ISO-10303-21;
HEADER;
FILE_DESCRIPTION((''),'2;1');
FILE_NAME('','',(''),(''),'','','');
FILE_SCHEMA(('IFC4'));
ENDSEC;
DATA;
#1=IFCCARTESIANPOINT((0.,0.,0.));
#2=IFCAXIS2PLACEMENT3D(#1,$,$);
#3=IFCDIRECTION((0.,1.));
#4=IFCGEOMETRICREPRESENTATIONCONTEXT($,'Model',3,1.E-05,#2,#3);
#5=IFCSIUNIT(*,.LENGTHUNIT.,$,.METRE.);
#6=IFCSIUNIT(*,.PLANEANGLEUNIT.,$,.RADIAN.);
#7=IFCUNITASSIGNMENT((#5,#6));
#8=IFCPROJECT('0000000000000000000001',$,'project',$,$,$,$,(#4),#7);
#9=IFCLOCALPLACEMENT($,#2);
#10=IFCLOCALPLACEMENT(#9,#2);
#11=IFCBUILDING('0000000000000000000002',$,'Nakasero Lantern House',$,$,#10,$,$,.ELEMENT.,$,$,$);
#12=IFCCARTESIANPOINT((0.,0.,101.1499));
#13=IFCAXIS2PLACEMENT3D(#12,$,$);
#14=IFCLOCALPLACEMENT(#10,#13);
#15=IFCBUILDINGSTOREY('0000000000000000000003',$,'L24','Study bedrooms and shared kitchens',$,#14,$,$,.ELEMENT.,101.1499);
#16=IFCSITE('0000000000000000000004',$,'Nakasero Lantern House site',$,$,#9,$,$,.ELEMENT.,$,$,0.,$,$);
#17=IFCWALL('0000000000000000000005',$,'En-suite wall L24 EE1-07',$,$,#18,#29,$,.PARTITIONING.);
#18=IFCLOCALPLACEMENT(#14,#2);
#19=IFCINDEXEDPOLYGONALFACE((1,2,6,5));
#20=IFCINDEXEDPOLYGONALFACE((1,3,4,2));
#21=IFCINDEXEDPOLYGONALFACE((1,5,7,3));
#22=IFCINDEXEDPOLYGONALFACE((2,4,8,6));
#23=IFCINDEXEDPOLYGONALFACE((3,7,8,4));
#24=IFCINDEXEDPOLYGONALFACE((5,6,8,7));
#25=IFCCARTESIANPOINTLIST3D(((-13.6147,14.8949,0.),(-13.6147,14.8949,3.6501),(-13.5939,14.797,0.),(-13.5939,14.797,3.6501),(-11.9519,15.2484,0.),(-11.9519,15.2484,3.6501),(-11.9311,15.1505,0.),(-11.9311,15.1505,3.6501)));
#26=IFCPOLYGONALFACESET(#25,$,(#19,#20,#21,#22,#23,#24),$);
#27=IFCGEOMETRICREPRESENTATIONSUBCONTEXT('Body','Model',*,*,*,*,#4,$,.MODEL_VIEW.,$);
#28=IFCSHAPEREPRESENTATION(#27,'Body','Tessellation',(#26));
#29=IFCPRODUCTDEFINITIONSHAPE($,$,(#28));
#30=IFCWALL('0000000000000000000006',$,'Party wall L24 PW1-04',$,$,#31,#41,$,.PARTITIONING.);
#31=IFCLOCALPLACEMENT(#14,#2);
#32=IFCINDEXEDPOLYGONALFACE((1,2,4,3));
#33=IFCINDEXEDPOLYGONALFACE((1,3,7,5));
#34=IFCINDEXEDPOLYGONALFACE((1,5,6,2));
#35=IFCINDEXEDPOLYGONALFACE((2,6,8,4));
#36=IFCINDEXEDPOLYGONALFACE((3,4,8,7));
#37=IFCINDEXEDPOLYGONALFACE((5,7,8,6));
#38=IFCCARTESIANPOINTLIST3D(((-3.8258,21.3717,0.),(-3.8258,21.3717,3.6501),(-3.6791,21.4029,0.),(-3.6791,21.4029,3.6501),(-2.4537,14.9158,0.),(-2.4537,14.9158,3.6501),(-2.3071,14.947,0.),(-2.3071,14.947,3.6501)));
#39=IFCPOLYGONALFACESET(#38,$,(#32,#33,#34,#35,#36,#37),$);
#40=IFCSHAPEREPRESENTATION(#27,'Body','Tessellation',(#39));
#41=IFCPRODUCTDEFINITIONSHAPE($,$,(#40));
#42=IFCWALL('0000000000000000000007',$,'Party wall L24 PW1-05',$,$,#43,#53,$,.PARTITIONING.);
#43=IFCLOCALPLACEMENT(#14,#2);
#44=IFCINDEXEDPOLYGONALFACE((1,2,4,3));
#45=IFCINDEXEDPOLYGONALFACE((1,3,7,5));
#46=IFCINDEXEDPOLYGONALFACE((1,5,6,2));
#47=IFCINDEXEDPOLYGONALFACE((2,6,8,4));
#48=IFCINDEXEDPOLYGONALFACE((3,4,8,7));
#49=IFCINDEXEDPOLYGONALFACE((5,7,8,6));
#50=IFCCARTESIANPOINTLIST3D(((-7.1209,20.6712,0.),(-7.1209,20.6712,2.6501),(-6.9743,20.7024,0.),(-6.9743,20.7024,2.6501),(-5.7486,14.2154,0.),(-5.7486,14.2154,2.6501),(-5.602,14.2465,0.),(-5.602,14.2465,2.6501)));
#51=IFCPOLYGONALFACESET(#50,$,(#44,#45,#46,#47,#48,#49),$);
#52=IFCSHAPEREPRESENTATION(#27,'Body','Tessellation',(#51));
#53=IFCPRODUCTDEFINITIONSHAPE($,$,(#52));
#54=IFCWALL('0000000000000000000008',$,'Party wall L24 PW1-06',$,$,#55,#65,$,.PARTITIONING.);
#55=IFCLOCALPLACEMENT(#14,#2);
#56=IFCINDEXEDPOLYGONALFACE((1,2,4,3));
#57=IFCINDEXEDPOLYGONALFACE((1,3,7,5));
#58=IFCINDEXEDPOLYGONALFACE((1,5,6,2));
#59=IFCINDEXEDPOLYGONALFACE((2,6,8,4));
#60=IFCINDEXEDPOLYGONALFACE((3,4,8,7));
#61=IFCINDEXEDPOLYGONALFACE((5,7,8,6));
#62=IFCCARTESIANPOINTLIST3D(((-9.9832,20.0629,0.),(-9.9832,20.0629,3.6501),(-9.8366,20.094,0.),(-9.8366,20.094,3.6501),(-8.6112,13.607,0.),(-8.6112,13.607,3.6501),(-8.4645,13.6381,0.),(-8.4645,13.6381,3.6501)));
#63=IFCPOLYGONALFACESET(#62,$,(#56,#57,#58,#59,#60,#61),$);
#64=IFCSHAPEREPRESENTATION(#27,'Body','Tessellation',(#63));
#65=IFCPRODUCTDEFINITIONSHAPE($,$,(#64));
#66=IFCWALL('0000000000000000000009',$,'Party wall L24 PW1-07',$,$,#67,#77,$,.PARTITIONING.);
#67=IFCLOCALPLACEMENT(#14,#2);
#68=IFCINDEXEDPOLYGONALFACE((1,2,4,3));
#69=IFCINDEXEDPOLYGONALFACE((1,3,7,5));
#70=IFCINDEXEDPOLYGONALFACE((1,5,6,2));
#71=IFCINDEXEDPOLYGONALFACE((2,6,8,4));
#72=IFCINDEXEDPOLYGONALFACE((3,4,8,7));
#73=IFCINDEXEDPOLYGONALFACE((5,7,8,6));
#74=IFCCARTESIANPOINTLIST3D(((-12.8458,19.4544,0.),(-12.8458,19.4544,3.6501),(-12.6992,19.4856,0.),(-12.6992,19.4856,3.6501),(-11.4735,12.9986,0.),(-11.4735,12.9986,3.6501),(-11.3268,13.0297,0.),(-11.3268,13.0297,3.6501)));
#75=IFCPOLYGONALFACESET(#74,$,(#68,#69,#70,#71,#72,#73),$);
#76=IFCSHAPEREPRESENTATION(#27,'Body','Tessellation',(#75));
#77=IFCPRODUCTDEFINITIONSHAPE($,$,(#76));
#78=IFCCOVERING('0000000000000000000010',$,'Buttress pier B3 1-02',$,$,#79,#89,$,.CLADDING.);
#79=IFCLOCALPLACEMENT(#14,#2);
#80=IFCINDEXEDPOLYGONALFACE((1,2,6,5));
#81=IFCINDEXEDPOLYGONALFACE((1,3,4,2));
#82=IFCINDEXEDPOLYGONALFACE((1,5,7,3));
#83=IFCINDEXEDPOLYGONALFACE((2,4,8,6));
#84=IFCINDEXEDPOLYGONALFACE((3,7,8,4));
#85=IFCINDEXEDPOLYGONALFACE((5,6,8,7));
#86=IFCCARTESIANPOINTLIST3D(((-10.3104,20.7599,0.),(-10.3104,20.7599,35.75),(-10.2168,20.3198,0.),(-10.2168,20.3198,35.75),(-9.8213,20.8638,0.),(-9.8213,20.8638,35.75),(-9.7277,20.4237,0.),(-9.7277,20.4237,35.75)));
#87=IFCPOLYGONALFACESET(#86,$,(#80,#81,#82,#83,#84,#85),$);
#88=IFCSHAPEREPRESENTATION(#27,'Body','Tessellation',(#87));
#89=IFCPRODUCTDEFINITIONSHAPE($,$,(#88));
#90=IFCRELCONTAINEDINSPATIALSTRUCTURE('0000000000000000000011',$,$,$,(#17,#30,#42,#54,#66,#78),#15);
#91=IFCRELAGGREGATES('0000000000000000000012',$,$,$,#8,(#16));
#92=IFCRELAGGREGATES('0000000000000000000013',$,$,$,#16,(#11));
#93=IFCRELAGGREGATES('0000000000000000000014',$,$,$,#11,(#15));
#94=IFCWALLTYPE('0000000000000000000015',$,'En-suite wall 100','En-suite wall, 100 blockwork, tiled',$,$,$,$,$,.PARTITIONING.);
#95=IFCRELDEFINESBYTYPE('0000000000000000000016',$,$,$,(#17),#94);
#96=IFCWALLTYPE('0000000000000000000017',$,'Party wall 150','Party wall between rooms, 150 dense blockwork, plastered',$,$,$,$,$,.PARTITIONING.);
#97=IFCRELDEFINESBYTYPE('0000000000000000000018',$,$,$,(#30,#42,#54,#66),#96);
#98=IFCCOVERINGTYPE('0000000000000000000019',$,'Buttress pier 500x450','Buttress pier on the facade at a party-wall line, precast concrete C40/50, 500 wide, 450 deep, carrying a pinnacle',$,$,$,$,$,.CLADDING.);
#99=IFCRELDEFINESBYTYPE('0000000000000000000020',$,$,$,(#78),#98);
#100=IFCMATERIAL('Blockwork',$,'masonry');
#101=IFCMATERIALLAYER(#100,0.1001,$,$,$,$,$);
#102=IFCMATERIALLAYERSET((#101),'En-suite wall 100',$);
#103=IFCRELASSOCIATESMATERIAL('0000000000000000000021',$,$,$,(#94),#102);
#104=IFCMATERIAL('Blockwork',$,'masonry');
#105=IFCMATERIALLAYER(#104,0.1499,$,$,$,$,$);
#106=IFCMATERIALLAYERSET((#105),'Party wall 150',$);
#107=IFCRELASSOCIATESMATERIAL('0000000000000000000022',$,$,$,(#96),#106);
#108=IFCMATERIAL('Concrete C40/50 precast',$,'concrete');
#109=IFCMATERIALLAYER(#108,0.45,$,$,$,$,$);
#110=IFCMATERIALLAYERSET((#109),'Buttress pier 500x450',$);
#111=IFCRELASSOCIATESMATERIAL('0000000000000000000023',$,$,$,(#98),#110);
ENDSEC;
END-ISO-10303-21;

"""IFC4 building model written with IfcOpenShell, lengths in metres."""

from ifc_helpers import new_model, si_unit, direction, frame, frame_2d, origin, origin_2d, place, context, subcontext, project, spatial, rectangle, extrude, material, layer, layer_set, type_object, element, save


model = new_model("IFC4")

# Units and contexts
model_context = context("Model", 3, precision=1e-05, world=origin(), true_north=direction((0.0, 1.0)))
body_context = subcontext(model_context, "Body", "Model", "MODEL_VIEW")
ifc_project = project(units=[si_unit("LENGTHUNIT", "METRE"), si_unit("PLANEANGLEUNIT", "RADIAN")], contexts=[model_context])

# Site, building, storey
site_placement = place(None, origin())
site = spatial("IfcSite", under=ifc_project, at=site_placement, Name="Nakasero Lantern House site", CompositionType="ELEMENT", RefElevation=0.0)
building_placement = place(site_placement, origin())
building = spatial("IfcBuilding", under=site, at=building_placement, Name="Nakasero Lantern House", CompositionType="ELEMENT")
storey_placement = place(building_placement, frame((0.0, 0.0, 101.1499)))
storey = spatial("IfcBuildingStorey", under=building, at=storey_placement, Name="L24", Description="Study bedrooms and shared kitchens", CompositionType="ELEMENT", Elevation=101.1499)

# Shared definitions
ifc_material_1 = material(Name="Blockwork", Category="masonry")
ifc_layer_1 = layer(ifc_material_1, 0.1001)
ifc_layer_set_1 = layer_set([ifc_layer_1], Name="En-suite wall 100")
wall_type_1 = type_object("IfcWallType", Name="En-suite wall 100", Description="En-suite wall, 100 blockwork, tiled", PredefinedType="PARTITIONING", material=ifc_layer_set_1)

# Walls
wall_1_placement = place(storey_placement, frame((-11.9414, 15.1995, 0.0), z_axis=(0.0, 0.0, 1.0), x_axis=(-0.97814, -0.20795, 0.0)))
element("IfcWall", 1, at=wall_1_placement, inside=storey, type_object=wall_type_1, Name="En-suite wall L24 EE1-07", PredefinedType="PARTITIONING", context=body_context, shape_type="SweptSolid", body=[
    extrude(rectangle(XDim=1.7, YDim=0.1001, at=frame_2d((0.8501, 0.0))), origin(), (0.0, 0.0, 1.0), 3.6501),
])
ifc_material_2 = material(Name="Blockwork", Category="masonry")
ifc_layer_2 = layer(ifc_material_2, 0.1499)
ifc_layer_set_2 = layer_set([ifc_layer_2], Name="Party wall 150")
wall_type_2 = type_object("IfcWallType", Name="Party wall 150", Description="Party wall between rooms, 150 dense blockwork, plastered", PredefinedType="PARTITIONING", material=ifc_layer_set_2)
wall_2_placement = place(storey_placement, frame((-2.3804, 14.9314, 0.0), z_axis=(0.0, 0.0, 1.0), x_axis=(-0.207889, 0.978152, 0.0)))
element("IfcWall", 2, at=wall_2_placement, inside=storey, type_object=wall_type_2, Name="Party wall L24 PW1-04", PredefinedType="PARTITIONING", context=body_context, shape_type="SweptSolid", body=[
    extrude(rectangle(XDim=6.6001, YDim=0.1499, at=frame_2d((3.3, 0.0))), origin(), (0.0, 0.0, 1.0), 3.6501),
])
wall_3_placement = place(storey_placement, frame((-5.6753, 14.231, 0.0), z_axis=(0.0, 0.0, 1.0), x_axis=(-0.207925, 0.978145, 0.0)))
element("IfcWall", 3, at=wall_3_placement, inside=storey, type_object=wall_type_2, Name="Party wall L24 PW1-05", PredefinedType="PARTITIONING", context=body_context, shape_type="SweptSolid", body=[
    extrude(rectangle(XDim=6.6001, YDim=0.1499, at=frame_2d((3.3, 0.0))), origin(), (0.0, 0.0, 1.0), 2.6501),
])
for number, where, z_axis, x_axis, name in (
    (4, (-8.5378, 13.6226, 0.0), (0.0, 0.0, 1.0), (-0.207889, 0.978152, 0.0), "Party wall L24 PW1-06"),
    (5, (-11.4001, 13.0142, 0.0), (0.0, 0.0, 1.0), (-0.207925, 0.978145, 0.0), "Party wall L24 PW1-07"),
):
    element("IfcWall", number, at=place(storey_placement, frame(where, z_axis=z_axis, x_axis=x_axis)), inside=storey, type_object=wall_type_2, Name=name, PredefinedType="PARTITIONING", context=body_context, shape_type="SweptSolid", body=[
        extrude(rectangle(XDim=6.6001, YDim=0.1499, at=frame_2d((3.3, 0.0))), origin(), (0.0, 0.0, 1.0), 3.6501),
    ])

# Covering
ifc_material_3 = material(Name="Concrete C40/50 precast", Category="concrete")
ifc_layer_3 = layer(ifc_material_3, 0.45)
ifc_layer_set_3 = layer_set([ifc_layer_3], Name="Buttress pier 500x450")
covering_type = type_object("IfcCoveringType", Name="Buttress pier 500x450", Description="Buttress pier on the facade at a party-wall line, precast concrete C40/50, 500 wide, 450 deep, carrying a pinnacle", PredefinedType="CLADDING", material=ifc_layer_set_3)
covering_placement = place(storey_placement, frame((-10.019, 20.5918, 0.0), z_axis=(0.0, 0.0, 1.0), x_axis=(-0.207912, 0.978148, 0.0)))
element("IfcCovering", 6, at=covering_placement, inside=storey, type_object=covering_type, Name="Buttress pier B3 1-02", PredefinedType="CLADDING", context=body_context, shape_type="SweptSolid", body=[
    extrude(rectangle(XDim=0.45, YDim=0.5, at=origin_2d()), origin(), (0.0, 0.0, 1.0), 35.75),
])

save(model, "model.ifc")
